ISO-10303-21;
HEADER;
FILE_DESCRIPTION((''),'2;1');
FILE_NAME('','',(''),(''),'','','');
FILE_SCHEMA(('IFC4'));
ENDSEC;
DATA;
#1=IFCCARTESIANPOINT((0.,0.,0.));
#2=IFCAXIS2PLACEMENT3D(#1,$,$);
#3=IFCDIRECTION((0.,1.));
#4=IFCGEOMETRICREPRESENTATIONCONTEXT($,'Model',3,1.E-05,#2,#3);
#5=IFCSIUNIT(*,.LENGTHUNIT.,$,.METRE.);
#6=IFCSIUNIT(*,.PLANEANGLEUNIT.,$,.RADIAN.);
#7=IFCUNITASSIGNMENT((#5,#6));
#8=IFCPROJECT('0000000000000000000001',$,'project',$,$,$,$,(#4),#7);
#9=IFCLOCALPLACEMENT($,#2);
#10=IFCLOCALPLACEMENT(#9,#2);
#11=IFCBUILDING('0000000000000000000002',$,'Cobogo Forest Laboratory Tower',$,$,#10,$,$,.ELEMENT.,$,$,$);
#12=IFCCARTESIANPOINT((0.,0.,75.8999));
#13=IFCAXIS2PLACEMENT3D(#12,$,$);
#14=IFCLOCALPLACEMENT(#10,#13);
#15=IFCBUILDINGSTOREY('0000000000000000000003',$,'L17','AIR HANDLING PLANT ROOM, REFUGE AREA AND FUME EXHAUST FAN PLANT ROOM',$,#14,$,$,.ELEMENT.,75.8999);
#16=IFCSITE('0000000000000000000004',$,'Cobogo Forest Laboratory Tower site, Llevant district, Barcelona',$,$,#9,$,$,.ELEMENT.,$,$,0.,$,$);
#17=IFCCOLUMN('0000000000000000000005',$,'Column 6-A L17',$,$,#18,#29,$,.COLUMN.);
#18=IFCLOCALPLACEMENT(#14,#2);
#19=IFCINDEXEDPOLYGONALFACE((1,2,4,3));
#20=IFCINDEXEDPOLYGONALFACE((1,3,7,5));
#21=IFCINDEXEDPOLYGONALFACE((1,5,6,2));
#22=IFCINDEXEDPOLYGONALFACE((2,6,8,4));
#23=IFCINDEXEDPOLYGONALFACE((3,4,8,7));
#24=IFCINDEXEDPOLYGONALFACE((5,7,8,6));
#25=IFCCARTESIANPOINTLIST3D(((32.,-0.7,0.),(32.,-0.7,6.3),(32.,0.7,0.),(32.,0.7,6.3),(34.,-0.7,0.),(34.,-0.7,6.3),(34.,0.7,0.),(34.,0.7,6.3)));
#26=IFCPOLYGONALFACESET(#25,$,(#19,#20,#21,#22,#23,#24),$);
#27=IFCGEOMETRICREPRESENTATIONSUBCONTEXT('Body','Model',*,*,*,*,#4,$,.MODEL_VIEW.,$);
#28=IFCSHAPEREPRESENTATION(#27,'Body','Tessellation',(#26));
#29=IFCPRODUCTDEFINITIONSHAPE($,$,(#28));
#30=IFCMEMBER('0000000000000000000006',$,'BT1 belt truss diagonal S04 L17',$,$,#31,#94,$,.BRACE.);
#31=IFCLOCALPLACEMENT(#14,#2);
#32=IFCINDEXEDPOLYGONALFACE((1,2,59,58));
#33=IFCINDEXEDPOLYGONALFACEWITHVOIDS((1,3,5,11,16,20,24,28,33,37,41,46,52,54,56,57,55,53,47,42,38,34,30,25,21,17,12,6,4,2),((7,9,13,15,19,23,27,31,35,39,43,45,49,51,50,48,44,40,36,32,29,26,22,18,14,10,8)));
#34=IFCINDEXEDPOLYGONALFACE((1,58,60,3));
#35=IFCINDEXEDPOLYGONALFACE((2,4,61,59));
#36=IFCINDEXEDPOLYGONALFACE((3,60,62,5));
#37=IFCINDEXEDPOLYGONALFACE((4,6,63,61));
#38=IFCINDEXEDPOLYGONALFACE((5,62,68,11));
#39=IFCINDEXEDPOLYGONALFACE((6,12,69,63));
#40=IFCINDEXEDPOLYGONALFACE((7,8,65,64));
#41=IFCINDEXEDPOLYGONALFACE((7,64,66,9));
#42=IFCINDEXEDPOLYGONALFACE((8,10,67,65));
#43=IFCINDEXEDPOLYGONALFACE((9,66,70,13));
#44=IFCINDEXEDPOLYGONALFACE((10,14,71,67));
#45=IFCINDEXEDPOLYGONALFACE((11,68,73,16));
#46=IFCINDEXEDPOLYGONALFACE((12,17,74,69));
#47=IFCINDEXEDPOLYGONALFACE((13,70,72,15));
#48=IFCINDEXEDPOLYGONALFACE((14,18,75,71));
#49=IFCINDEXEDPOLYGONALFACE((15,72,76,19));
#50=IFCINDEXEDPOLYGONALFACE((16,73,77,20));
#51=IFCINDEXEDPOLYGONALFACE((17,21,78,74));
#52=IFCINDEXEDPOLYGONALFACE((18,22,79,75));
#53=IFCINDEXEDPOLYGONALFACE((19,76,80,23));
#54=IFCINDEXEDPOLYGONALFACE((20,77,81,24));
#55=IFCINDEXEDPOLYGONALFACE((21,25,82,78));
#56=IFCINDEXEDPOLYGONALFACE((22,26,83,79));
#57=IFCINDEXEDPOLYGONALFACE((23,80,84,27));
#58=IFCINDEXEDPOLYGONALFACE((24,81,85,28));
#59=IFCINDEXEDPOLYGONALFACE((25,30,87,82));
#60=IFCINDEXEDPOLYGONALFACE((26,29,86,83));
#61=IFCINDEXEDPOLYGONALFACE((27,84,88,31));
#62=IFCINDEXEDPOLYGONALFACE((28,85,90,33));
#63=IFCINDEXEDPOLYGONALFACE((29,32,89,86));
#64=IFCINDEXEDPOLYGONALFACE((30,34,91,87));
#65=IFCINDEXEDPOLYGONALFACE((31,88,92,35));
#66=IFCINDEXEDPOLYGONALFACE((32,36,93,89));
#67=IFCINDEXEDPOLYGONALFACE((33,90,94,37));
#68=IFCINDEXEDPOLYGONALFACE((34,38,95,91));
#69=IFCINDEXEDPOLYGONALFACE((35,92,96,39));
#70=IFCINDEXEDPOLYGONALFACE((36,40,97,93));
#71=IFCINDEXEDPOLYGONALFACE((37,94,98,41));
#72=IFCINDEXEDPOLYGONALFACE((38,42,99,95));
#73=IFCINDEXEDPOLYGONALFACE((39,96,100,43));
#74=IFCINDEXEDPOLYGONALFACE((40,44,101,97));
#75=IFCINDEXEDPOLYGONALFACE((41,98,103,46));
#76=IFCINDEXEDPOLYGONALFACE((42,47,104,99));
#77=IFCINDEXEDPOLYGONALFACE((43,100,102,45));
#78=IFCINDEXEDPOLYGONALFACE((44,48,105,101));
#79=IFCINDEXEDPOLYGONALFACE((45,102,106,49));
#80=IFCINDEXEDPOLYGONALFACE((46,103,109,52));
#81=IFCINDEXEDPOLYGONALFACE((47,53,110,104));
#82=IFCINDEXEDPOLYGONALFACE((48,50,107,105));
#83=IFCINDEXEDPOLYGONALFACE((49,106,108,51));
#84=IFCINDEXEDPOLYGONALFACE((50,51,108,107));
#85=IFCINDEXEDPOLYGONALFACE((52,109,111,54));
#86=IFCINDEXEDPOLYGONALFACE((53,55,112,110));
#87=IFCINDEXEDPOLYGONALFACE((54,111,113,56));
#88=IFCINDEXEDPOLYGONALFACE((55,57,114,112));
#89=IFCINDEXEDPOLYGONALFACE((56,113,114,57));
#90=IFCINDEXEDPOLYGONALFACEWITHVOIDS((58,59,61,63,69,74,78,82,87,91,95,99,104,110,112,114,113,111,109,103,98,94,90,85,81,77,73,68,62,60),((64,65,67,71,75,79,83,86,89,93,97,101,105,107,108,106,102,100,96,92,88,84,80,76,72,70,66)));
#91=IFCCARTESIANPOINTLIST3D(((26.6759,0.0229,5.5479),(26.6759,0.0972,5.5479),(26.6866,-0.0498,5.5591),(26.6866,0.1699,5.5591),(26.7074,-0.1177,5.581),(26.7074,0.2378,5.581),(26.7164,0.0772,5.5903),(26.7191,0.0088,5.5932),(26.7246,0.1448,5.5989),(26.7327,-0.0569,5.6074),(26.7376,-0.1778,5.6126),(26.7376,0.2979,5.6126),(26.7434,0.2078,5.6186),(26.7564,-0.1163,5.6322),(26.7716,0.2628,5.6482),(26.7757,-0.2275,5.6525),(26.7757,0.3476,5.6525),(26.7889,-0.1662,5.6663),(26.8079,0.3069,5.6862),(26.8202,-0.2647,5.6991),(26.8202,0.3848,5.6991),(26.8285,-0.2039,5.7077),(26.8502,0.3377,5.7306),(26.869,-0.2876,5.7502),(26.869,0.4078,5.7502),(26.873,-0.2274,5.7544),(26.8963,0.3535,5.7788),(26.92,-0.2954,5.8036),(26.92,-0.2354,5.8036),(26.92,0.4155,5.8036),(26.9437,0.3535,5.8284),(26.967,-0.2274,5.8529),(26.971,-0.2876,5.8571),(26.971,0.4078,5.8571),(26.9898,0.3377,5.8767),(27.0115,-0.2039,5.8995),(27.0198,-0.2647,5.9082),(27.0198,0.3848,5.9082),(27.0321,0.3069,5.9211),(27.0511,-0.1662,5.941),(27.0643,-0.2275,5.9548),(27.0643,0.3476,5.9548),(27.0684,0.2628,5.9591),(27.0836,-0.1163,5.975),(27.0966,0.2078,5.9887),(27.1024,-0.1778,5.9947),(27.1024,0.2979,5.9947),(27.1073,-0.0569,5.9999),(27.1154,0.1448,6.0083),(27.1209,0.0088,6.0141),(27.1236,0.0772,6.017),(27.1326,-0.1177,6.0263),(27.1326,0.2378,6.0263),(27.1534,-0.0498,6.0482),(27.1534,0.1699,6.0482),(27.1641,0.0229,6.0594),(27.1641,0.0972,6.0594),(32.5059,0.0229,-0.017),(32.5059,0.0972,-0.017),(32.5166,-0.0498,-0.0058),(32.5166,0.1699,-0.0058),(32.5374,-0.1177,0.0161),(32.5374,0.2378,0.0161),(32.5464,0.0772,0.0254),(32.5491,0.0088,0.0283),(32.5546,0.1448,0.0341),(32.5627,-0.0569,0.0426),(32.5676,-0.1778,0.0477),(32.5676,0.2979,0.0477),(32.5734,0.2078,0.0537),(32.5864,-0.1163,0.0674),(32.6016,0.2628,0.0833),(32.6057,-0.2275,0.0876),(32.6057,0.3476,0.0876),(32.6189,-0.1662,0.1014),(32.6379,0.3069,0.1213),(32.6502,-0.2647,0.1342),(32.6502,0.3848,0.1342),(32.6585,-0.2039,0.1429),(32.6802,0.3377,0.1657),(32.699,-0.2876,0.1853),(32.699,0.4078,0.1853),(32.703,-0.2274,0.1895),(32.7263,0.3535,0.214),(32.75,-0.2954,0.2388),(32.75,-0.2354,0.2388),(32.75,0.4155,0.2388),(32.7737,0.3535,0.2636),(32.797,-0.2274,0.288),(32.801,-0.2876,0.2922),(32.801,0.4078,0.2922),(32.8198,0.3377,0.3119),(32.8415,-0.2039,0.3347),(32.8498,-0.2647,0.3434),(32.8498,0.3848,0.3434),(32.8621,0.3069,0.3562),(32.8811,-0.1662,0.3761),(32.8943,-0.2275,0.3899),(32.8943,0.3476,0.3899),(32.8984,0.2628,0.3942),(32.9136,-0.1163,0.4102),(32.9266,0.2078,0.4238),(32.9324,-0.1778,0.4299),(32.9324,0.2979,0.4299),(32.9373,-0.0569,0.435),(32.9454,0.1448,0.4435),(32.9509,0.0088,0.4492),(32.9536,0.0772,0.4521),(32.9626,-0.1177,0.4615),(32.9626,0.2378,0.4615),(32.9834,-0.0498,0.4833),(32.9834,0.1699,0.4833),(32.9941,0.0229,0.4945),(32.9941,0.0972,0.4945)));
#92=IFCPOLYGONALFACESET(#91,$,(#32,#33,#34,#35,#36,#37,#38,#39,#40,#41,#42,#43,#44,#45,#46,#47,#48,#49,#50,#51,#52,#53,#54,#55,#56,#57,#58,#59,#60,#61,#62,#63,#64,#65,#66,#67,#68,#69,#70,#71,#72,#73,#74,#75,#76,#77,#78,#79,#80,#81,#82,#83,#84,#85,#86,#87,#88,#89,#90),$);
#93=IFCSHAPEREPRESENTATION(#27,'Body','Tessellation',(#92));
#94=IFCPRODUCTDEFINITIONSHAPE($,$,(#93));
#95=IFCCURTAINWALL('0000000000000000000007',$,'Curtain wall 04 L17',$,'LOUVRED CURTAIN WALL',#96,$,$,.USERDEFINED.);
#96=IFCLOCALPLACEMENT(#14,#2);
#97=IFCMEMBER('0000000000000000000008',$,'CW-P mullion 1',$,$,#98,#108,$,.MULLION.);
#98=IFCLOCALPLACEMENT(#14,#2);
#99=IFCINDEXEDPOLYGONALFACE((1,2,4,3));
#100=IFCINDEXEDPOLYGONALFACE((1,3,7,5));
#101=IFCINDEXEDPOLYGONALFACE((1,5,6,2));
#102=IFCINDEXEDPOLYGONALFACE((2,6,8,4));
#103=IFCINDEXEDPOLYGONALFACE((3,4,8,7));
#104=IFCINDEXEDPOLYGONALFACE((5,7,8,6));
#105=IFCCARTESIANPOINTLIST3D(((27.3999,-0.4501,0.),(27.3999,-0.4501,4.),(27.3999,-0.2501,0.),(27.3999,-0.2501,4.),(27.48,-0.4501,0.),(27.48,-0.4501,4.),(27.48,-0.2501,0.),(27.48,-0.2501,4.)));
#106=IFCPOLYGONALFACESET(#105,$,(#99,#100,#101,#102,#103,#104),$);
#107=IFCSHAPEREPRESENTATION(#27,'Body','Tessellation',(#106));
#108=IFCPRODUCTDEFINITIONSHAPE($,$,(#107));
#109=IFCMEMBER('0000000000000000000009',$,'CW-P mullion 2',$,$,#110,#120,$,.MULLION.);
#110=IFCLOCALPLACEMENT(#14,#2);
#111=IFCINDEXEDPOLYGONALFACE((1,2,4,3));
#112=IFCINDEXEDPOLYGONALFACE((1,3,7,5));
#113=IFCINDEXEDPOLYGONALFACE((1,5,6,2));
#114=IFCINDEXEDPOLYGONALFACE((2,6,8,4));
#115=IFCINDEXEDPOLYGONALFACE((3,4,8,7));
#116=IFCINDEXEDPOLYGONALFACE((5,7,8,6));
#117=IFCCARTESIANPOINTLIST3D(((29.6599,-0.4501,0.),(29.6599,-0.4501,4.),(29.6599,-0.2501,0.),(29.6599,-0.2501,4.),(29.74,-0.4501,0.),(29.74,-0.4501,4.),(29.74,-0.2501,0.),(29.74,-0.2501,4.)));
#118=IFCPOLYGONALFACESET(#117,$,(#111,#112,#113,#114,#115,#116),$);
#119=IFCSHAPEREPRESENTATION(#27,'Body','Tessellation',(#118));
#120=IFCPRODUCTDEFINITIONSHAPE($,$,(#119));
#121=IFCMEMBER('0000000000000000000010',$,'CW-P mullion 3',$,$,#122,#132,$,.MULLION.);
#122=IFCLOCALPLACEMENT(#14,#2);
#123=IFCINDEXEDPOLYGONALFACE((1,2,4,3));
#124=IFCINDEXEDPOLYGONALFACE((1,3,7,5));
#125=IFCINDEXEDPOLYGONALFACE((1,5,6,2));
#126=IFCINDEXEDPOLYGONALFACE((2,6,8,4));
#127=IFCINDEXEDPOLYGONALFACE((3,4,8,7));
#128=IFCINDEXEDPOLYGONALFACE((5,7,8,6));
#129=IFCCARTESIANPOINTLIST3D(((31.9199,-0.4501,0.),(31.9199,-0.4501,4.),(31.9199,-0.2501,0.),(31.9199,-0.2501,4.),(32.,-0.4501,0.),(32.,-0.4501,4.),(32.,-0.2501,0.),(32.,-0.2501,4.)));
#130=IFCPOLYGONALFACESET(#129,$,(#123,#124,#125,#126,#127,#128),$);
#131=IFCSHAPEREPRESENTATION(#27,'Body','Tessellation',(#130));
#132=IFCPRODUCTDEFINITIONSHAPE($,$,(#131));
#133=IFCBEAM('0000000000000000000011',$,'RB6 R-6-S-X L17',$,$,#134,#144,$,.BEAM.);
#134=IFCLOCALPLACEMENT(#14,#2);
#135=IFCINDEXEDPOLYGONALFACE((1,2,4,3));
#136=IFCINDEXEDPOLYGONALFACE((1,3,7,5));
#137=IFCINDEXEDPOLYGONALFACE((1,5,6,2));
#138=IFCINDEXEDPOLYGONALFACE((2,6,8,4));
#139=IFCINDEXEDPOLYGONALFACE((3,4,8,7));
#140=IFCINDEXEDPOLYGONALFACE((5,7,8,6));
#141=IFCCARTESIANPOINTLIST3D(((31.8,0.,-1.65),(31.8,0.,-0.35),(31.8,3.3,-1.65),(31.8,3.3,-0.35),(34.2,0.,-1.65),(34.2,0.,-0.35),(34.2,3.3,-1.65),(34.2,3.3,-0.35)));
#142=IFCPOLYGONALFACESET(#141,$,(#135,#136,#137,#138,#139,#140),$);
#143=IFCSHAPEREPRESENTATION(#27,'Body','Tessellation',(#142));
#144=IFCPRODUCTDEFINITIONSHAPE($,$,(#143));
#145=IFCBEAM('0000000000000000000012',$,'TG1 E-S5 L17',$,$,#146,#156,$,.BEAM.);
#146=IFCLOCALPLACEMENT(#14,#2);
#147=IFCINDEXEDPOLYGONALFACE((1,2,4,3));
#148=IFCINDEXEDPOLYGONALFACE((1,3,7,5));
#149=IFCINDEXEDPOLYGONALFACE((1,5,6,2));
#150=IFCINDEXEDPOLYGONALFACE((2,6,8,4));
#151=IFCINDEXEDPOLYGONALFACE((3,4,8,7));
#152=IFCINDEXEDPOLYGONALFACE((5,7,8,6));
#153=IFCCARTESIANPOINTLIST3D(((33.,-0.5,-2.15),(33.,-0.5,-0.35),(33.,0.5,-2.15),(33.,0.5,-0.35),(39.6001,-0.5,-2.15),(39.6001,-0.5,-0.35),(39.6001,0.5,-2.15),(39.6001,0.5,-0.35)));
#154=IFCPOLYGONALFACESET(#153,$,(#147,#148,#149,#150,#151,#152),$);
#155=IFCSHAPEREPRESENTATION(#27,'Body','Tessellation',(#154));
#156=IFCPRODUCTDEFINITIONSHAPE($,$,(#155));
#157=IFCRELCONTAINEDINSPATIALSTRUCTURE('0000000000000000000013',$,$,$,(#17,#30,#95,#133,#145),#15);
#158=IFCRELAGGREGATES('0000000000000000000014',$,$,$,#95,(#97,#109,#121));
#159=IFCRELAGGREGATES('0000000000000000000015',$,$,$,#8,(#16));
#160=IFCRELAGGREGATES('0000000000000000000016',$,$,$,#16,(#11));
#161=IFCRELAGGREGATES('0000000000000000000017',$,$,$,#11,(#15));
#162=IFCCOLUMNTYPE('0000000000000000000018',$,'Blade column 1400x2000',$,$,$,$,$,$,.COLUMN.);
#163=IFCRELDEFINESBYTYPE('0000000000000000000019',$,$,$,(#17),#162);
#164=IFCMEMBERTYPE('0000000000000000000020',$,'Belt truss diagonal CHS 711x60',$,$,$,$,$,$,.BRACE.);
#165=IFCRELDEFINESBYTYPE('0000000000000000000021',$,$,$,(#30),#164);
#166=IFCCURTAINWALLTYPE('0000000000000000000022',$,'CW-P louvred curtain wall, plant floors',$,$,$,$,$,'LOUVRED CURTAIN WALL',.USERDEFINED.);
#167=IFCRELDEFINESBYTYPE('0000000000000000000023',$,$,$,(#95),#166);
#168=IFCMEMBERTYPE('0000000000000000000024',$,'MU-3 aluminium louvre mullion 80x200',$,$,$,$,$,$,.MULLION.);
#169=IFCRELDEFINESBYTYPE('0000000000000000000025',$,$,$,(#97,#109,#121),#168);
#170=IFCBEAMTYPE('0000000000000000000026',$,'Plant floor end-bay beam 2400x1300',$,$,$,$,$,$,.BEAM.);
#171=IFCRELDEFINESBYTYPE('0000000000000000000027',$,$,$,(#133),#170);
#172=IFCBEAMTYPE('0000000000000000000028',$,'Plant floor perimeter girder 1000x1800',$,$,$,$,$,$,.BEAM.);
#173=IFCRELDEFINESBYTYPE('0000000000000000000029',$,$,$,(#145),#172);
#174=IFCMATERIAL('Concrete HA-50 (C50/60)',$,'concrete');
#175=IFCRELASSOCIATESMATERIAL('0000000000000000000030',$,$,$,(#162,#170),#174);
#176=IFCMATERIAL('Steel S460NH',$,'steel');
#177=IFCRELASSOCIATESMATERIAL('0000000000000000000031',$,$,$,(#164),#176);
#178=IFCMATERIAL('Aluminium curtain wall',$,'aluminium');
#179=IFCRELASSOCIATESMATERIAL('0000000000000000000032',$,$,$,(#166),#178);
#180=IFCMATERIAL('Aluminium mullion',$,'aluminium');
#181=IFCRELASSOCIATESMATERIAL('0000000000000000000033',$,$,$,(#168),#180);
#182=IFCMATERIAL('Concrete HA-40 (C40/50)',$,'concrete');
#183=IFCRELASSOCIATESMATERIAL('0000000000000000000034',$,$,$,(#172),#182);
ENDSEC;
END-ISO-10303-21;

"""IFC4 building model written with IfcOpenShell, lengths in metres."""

from ifc_helpers import new_model, si_unit, direction, frame, origin, origin_2d, place, context, subcontext, project, spatial, rectangle, hollow_circle, extrude, material, material_profile, profile_set, type_object, element, aggregate, save


model = new_model("IFC4")

# Units and contexts
model_context = context("Model", 3, precision=1e-05, world=origin(), true_north=direction((0.0, 1.0)))
body_context = subcontext(model_context, "Body", "Model", "MODEL_VIEW")
ifc_project = project(units=[si_unit("LENGTHUNIT", "METRE"), si_unit("PLANEANGLEUNIT", "RADIAN")], contexts=[model_context])

# Site, building, storey
site_placement = place(None, origin())
site = spatial("IfcSite", under=ifc_project, at=site_placement, Name="Cobogo Forest Laboratory Tower site, Llevant district, Barcelona", CompositionType="ELEMENT", RefElevation=0.0)
building_placement = place(site_placement, origin())
building = spatial("IfcBuilding", under=site, at=building_placement, Name="Cobogo Forest Laboratory Tower", CompositionType="ELEMENT")
storey_placement = place(building_placement, frame((0.0, 0.0, 75.8999)))
storey = spatial("IfcBuildingStorey", under=building, at=storey_placement, Name="L17", Description="AIR HANDLING PLANT ROOM, REFUGE AREA AND FUME EXHAUST FAN PLANT ROOM", CompositionType="ELEMENT", Elevation=75.8999)

# Column
ifc_material_1 = material(Name="Concrete HA-50 (C50/60)", Category="concrete")
ifc_material_profile_1 = material_profile(ifc_material_1, rectangle(XDim=2.0, YDim=1.3999, at=origin_2d()), Name="RC 1400x2000")
ifc_profile_set_1 = profile_set([ifc_material_profile_1], Name="Concrete HA-50 (C50/60)")
column_type = type_object("IfcColumnType", Name="Blade column 1400x2000", PredefinedType="COLUMN", material=ifc_profile_set_1)
column_placement = place(storey_placement, frame((33.0, 0.0, 0.0), z_axis=(0.0, 0.0, 1.0), x_axis=(1.0, 0.0, 0.0)))
element("IfcColumn", 1, at=column_placement, inside=storey, type_object=column_type, Name="Column 6-A L17", PredefinedType="COLUMN", context=body_context, shape_type="SweptSolid", body=[
    extrude(rectangle(XDim=2.0, YDim=1.3999, at=origin_2d()), origin(), (0.0, 0.0, 1.0), 6.3),
])

# Member
ifc_material_2 = material(Name="Steel S460NH", Category="steel")
ifc_material_profile_2 = material_profile(ifc_material_2, hollow_circle(Radius=0.3555, WallThickness=0.0601, at=origin_2d()), Name="CHS 711x60")
ifc_profile_set_2 = profile_set([ifc_material_profile_2], Name="Steel S460NH")
member_type_1 = type_object("IfcMemberType", Name="Belt truss diagonal CHS 711x60", PredefinedType="BRACE", material=ifc_profile_set_2)
member_1_placement = place(storey_placement, frame((32.75, 0.0601, 0.2388), z_axis=(-0.723364, 0.0, 0.690467), x_axis=(0.0, -1.0, 0.0)))
element("IfcMember", 2, at=member_1_placement, inside=storey, type_object=member_type_1, Name="BT1 belt truss diagonal S04 L17", PredefinedType="BRACE", context=body_context, shape_type="SweptSolid", body=[
    extrude(hollow_circle(Radius=0.3555, WallThickness=0.0601, at=origin_2d()), origin(), (0.0, 0.0, 1.0), 8.0596),
])

# Curtain wall, members
ifc_material_3 = material(Name="Aluminium curtain wall", Category="aluminium")
curtain_wall_type = type_object("IfcCurtainWallType", Name="CW-P louvred curtain wall, plant floors", ElementType="LOUVRED CURTAIN WALL", PredefinedType="USERDEFINED", material=ifc_material_3)
curtain_wall_placement = place(storey_placement, origin())
curtain_wall = element("IfcCurtainWall", 3, at=curtain_wall_placement, inside=storey, type_object=curtain_wall_type, Name="Curtain wall 04 L17", ObjectType="LOUVRED CURTAIN WALL", PredefinedType="USERDEFINED")
ifc_material_4 = material(Name="Aluminium mullion", Category="aluminium")
ifc_material_profile_3 = material_profile(ifc_material_4, rectangle(XDim=0.0801, YDim=0.2, at=origin_2d()), Name="AL 80x200")
ifc_profile_set_3 = profile_set([ifc_material_profile_3], Name="Aluminium mullion")
member_type_2 = type_object("IfcMemberType", Name="MU-3 aluminium louvre mullion 80x200", PredefinedType="MULLION", material=ifc_profile_set_3)
member_2_placement = place(storey_placement, frame((27.4399, -0.3501, 0.0), z_axis=(0.0, 0.0, 1.0), x_axis=(1.0, 0.0, 0.0)))
member_2 = element("IfcMember", 4, at=member_2_placement, type_object=member_type_2, Name="CW-P mullion 1", PredefinedType="MULLION", context=body_context, shape_type="SweptSolid", body=[
    extrude(rectangle(XDim=0.0801, YDim=0.2, at=origin_2d()), origin(), (0.0, 0.0, 1.0), 4.0),
])
member_3_placement = place(storey_placement, frame((29.7, -0.3501, 0.0), z_axis=(0.0, 0.0, 1.0), x_axis=(1.0, 0.0, 0.0)))
member_3 = element("IfcMember", 5, at=member_3_placement, type_object=member_type_2, Name="CW-P mullion 2", PredefinedType="MULLION", context=body_context, shape_type="SweptSolid", body=[
    extrude(rectangle(XDim=0.0801, YDim=0.2, at=origin_2d()), origin(), (0.0, 0.0, 1.0), 4.0),
])
member_4_placement = place(storey_placement, frame((31.96, -0.3501, 0.0), z_axis=(0.0, 0.0, 1.0), x_axis=(1.0, 0.0, 0.0)))
member_4 = element("IfcMember", 6, at=member_4_placement, type_object=member_type_2, Name="CW-P mullion 3", PredefinedType="MULLION", context=body_context, shape_type="SweptSolid", body=[
    extrude(rectangle(XDim=0.0801, YDim=0.2, at=origin_2d()), origin(), (0.0, 0.0, 1.0), 4.0),
])

# Beams
ifc_material_profile_4 = material_profile(ifc_material_1, rectangle(XDim=2.3999, YDim=1.3, at=origin_2d()), Name="RC 2400x1300")
ifc_profile_set_4 = profile_set([ifc_material_profile_4], Name="Concrete HA-50 (C50/60)")
beam_type_1 = type_object("IfcBeamType", Name="Plant floor end-bay beam 2400x1300", PredefinedType="BEAM", material=ifc_profile_set_4)
beam_1_placement = place(storey_placement, frame((33.0, 0.0, -1.0), z_axis=(0.0, 1.0, 0.0), x_axis=(-1.0, 0.0, 0.0)))
element("IfcBeam", 7, at=beam_1_placement, inside=storey, type_object=beam_type_1, Name="RB6 R-6-S-X L17", PredefinedType="BEAM", context=body_context, shape_type="SweptSolid", body=[
    extrude(rectangle(XDim=2.3999, YDim=1.3, at=origin_2d()), origin(), (0.0, 0.0, 1.0), 3.3),
])
ifc_material_5 = material(Name="Concrete HA-40 (C40/50)", Category="concrete")
ifc_material_profile_5 = material_profile(ifc_material_5, rectangle(XDim=1.0, YDim=1.8, at=origin_2d()), Name="RC 1000x1800")
ifc_profile_set_5 = profile_set([ifc_material_profile_5], Name="Concrete HA-40 (C40/50)")
beam_type_2 = type_object("IfcBeamType", Name="Plant floor perimeter girder 1000x1800", PredefinedType="BEAM", material=ifc_profile_set_5)
beam_2_placement = place(storey_placement, frame((33.0, 0.0, -1.25), z_axis=(1.0, 0.0, 0.0), x_axis=(0.0, 1.0, 0.0)))
element("IfcBeam", 8, at=beam_2_placement, inside=storey, type_object=beam_type_2, Name="TG1 E-S5 L17", PredefinedType="BEAM", context=body_context, shape_type="SweptSolid", body=[
    extrude(rectangle(XDim=1.0, YDim=1.8, at=origin_2d()), origin(), (0.0, 0.0, 1.0), 6.6001),
])

aggregate(curtain_wall, [member_2, member_3, member_4])

save(model, "model.ifc")
